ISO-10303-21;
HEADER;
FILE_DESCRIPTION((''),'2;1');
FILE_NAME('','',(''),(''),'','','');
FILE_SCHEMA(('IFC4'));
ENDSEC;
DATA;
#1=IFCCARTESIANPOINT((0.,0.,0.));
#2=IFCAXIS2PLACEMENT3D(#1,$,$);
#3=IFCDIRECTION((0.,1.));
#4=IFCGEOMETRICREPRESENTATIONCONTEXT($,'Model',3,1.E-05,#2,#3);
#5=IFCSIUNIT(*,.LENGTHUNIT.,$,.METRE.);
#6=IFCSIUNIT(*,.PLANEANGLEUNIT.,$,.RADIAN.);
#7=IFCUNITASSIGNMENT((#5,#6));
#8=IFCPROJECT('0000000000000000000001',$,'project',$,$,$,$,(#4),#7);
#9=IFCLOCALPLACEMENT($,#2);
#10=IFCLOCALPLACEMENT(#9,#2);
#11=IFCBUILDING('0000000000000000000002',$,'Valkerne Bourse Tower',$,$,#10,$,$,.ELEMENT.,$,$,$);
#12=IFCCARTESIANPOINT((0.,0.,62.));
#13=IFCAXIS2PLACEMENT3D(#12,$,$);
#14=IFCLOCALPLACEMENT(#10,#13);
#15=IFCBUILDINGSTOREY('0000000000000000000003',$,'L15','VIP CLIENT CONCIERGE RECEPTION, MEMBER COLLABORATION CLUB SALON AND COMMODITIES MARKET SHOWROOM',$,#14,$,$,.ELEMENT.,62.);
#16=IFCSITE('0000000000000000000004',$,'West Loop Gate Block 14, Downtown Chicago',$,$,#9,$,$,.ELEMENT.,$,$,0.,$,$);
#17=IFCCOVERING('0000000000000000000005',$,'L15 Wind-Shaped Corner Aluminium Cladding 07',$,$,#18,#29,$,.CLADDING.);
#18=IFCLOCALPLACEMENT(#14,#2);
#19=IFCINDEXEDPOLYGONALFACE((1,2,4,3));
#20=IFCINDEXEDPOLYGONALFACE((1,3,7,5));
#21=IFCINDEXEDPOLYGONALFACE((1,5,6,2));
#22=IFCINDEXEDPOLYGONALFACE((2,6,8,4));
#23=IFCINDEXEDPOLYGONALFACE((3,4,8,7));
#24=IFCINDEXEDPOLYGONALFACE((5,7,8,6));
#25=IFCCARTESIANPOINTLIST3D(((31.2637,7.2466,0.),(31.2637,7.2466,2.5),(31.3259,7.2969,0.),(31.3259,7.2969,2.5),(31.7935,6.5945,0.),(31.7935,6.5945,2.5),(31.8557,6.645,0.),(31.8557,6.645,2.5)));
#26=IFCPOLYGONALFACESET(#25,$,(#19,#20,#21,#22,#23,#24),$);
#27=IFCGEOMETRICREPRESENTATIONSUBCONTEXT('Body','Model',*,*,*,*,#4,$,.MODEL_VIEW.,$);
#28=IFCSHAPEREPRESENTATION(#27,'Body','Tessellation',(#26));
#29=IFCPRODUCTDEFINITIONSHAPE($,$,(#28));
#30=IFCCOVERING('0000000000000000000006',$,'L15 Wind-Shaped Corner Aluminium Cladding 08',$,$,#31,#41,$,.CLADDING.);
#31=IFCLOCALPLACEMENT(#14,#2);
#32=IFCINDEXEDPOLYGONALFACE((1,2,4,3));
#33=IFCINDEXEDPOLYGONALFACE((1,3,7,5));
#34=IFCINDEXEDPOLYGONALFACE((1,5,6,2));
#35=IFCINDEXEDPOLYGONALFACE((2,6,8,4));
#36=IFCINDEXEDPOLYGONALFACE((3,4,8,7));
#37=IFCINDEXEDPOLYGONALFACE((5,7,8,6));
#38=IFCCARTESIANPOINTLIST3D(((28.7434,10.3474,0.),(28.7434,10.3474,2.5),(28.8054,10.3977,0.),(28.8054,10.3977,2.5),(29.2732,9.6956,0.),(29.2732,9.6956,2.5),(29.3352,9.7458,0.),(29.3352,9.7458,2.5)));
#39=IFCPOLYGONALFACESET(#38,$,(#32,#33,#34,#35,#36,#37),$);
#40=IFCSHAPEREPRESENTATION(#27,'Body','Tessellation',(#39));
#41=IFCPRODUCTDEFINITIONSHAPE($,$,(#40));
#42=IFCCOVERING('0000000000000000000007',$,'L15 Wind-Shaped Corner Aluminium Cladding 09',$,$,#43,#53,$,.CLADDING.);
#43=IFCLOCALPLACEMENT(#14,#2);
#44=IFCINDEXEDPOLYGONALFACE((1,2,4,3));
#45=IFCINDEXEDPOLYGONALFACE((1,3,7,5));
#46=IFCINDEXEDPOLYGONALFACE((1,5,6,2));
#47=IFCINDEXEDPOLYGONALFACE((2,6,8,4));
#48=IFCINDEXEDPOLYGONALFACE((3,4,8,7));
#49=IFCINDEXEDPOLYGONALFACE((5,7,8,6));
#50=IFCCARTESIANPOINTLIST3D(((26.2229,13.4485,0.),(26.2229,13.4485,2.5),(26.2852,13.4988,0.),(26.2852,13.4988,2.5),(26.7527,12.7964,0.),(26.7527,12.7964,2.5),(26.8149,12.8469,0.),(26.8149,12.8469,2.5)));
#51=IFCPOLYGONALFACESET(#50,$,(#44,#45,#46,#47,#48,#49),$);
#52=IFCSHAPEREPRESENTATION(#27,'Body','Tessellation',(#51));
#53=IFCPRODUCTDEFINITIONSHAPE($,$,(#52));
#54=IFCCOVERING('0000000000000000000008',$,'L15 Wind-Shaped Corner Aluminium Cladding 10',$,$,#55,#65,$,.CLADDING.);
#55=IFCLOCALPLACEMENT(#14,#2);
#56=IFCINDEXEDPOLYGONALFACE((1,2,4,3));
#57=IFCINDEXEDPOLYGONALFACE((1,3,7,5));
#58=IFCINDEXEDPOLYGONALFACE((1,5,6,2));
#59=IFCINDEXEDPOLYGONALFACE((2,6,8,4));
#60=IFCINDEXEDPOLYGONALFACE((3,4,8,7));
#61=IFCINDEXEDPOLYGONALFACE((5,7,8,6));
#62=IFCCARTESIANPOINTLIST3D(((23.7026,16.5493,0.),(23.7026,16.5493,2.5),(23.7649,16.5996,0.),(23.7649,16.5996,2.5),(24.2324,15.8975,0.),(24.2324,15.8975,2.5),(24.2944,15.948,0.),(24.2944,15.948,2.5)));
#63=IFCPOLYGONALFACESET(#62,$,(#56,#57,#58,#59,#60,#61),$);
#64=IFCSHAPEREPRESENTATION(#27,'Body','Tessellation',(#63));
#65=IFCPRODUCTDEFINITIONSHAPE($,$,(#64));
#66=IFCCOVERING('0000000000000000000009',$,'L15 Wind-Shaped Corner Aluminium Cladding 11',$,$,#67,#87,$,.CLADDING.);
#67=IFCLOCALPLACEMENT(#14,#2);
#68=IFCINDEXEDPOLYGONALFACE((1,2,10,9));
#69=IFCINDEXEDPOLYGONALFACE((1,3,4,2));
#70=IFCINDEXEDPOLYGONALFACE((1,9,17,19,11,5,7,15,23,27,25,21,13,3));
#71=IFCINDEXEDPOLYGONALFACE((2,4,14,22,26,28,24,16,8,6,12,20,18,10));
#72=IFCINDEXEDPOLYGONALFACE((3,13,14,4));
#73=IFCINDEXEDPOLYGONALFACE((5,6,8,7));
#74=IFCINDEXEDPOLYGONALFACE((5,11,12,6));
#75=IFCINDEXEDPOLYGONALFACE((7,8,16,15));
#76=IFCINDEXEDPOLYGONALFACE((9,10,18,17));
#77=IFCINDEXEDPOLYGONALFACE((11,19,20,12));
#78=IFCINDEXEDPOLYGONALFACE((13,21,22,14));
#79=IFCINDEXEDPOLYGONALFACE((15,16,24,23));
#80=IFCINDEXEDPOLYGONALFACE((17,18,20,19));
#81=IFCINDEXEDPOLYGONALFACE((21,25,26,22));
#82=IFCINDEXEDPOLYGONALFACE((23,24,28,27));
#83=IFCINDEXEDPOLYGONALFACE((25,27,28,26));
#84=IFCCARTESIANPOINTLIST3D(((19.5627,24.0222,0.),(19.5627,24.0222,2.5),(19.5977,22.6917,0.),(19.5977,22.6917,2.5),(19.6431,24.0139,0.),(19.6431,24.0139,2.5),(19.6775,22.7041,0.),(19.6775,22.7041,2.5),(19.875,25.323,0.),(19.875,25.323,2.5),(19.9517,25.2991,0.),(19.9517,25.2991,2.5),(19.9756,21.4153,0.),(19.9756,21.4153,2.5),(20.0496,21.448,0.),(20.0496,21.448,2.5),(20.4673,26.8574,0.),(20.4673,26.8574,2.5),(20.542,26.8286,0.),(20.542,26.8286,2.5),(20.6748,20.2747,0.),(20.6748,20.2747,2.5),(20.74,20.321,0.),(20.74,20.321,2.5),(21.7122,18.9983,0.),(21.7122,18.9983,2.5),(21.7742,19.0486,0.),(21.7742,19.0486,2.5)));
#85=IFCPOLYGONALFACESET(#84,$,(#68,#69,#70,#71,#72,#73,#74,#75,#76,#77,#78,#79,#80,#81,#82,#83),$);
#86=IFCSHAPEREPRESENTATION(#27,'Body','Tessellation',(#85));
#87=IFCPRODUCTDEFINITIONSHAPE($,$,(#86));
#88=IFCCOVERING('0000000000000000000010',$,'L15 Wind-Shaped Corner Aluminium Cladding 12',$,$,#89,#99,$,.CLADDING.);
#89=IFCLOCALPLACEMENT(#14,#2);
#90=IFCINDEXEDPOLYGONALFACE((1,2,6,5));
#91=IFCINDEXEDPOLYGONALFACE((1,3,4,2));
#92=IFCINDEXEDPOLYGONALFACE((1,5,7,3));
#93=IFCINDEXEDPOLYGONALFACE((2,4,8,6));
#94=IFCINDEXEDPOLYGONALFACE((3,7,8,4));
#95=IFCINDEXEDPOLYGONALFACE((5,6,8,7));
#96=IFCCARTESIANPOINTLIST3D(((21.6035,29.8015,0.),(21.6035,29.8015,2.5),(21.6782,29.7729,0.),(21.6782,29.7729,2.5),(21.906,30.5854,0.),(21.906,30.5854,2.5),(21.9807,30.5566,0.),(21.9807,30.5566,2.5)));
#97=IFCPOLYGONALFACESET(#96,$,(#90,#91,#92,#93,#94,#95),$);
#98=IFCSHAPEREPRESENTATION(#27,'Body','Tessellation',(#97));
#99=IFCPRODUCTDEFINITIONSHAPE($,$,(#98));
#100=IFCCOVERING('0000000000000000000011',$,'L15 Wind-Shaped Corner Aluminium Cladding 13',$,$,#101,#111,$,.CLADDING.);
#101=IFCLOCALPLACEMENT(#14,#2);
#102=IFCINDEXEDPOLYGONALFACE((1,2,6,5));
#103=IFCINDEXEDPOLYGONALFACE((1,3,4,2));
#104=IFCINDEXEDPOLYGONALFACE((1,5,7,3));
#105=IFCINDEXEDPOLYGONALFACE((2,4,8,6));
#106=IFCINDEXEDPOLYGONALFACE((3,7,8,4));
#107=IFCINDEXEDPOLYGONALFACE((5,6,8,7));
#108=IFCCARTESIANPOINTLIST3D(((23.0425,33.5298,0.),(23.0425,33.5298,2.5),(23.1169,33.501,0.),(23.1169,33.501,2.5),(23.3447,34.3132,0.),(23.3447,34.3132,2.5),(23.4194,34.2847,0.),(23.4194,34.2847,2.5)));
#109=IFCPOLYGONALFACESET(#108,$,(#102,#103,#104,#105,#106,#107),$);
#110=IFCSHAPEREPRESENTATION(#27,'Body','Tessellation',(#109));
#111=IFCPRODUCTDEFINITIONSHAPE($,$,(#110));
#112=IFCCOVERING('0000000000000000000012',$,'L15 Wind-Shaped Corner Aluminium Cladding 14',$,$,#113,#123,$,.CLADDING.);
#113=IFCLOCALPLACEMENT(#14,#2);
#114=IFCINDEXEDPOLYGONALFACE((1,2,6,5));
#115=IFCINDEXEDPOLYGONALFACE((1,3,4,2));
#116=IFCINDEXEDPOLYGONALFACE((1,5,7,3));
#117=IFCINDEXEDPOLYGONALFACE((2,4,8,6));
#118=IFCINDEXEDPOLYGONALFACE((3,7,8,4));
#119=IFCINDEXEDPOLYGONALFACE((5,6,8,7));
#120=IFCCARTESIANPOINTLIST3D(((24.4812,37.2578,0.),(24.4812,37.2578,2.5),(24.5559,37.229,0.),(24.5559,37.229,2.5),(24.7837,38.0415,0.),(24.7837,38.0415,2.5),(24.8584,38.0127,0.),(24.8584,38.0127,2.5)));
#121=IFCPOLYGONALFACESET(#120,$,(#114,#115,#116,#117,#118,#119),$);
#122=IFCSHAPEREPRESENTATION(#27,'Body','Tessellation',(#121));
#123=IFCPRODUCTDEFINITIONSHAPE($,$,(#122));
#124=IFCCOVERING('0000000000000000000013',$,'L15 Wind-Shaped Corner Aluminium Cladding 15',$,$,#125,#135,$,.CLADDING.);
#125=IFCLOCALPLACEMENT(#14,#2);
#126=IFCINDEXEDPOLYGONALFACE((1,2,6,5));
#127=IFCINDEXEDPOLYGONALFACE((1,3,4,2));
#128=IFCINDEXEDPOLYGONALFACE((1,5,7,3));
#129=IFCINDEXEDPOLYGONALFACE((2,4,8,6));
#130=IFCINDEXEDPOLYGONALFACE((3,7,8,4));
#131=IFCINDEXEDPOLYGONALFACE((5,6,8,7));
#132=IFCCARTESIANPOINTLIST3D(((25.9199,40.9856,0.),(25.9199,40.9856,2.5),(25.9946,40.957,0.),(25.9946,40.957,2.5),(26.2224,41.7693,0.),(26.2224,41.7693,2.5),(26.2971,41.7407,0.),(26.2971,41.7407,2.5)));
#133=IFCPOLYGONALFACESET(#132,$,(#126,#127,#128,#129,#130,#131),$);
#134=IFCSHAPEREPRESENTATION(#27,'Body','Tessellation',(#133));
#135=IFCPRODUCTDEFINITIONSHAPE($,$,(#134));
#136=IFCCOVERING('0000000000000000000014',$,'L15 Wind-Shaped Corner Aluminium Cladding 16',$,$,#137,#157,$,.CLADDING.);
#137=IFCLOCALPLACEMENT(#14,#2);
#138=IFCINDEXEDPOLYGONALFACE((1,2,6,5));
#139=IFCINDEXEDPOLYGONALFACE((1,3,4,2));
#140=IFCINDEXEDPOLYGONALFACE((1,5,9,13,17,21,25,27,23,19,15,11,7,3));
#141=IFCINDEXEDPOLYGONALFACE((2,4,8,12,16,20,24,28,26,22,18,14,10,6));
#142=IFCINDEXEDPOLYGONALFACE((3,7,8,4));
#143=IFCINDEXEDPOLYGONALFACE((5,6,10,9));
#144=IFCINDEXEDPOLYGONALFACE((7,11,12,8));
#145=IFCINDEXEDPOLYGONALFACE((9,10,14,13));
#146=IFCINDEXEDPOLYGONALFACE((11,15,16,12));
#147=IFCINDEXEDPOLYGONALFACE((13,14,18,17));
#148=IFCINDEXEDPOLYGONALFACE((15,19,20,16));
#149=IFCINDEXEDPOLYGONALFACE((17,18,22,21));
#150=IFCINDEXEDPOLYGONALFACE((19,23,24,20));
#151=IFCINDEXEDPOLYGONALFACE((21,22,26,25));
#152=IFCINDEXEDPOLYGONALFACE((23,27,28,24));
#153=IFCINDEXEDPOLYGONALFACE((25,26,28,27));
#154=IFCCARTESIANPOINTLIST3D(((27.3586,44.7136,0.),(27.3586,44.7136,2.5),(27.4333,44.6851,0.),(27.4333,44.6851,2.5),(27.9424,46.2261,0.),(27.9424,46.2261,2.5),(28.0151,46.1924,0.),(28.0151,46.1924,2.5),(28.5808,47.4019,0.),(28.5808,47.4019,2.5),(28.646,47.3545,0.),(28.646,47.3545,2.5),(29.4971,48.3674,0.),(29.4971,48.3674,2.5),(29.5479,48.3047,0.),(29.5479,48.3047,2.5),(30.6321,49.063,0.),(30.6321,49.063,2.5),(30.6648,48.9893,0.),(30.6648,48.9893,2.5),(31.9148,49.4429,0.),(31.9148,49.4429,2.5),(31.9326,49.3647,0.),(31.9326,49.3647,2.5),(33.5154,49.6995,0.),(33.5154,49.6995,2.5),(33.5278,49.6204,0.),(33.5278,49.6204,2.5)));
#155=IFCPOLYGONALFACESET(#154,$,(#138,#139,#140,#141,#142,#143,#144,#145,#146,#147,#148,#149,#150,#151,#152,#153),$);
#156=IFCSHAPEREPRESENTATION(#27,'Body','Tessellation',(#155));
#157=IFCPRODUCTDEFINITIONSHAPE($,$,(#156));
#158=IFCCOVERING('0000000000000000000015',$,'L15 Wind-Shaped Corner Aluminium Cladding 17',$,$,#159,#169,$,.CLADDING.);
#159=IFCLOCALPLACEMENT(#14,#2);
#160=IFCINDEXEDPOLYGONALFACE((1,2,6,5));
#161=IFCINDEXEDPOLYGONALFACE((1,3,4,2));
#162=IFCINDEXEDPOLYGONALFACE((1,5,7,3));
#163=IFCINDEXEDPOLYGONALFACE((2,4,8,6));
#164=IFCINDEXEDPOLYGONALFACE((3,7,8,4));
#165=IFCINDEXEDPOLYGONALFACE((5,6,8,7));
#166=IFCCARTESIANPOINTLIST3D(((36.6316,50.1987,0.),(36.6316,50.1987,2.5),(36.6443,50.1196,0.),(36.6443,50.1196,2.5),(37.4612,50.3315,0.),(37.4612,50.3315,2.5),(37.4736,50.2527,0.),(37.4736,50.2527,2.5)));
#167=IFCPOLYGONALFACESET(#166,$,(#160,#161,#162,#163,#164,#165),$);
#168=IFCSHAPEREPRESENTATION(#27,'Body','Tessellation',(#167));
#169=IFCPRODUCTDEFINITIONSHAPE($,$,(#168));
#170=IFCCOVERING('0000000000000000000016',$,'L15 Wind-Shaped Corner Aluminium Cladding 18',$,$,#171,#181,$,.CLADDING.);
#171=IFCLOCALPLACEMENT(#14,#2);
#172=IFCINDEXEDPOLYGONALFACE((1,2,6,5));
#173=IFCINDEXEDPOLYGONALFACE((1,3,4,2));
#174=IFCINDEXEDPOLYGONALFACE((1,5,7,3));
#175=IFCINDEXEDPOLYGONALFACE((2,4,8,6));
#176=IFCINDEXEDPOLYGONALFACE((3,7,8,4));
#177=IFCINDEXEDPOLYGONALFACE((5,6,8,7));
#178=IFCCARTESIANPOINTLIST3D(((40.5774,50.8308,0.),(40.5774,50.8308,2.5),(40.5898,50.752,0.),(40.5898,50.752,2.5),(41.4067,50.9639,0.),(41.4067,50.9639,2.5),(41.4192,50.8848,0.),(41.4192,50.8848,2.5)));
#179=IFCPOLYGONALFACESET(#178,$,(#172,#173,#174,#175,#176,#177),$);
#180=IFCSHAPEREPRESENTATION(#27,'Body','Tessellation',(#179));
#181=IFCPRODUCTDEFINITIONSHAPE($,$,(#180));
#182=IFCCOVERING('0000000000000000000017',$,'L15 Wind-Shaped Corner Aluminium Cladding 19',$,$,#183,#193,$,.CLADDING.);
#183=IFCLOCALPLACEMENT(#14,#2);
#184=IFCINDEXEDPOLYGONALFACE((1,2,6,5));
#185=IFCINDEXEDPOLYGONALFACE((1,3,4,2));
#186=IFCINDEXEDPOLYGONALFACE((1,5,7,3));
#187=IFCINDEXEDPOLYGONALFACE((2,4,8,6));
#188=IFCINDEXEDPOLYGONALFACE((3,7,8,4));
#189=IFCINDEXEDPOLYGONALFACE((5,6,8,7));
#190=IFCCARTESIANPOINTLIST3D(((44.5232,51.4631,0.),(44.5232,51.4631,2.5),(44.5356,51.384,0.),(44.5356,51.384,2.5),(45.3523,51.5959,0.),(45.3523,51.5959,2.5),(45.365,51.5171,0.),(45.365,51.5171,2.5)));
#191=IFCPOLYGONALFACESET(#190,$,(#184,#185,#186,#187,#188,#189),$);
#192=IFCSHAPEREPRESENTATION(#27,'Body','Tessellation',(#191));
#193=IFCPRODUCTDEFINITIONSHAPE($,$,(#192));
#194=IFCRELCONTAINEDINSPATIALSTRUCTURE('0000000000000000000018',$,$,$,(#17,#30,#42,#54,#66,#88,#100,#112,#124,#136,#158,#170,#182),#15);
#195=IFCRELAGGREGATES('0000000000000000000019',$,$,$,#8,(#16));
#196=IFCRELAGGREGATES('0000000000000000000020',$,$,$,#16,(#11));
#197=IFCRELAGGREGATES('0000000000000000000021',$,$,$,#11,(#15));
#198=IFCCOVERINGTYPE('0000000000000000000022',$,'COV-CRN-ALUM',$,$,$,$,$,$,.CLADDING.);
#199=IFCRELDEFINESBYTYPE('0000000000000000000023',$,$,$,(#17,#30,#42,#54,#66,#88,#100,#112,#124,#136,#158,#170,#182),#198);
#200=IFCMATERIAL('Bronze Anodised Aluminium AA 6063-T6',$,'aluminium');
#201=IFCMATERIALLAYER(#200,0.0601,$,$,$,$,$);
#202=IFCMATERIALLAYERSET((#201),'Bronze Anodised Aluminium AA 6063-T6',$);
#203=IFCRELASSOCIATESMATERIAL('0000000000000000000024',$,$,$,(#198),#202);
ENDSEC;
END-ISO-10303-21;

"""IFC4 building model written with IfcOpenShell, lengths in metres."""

from ifc_helpers import new_model, si_unit, direction, frame, origin, place, context, subcontext, project, spatial, polyline, outline, extrude, material, layer, layer_set, type_object, element, save


model = new_model("IFC4")

# Units and contexts
model_context = context("Model", 3, precision=1e-05, world=origin(), true_north=direction((0.0, 1.0)))
body_context = subcontext(model_context, "Body", "Model", "MODEL_VIEW")
ifc_project = project(units=[si_unit("LENGTHUNIT", "METRE"), si_unit("PLANEANGLEUNIT", "RADIAN")], contexts=[model_context])

# Site, building, storey
site_placement = place(None, origin())
site = spatial("IfcSite", under=ifc_project, at=site_placement, Name="West Loop Gate Block 14, Downtown Chicago", CompositionType="ELEMENT", RefElevation=0.0)
building_placement = place(site_placement, origin())
building = spatial("IfcBuilding", under=site, at=building_placement, Name="Valkerne Bourse Tower", CompositionType="ELEMENT")
storey_placement = place(building_placement, frame((0.0, 0.0, 62.0)))
storey = spatial("IfcBuildingStorey", under=building, at=storey_placement, Name="L15", Description="VIP CLIENT CONCIERGE RECEPTION, MEMBER COLLABORATION CLUB SALON AND COMMODITIES MARKET SHOWROOM", CompositionType="ELEMENT", Elevation=62.0)

# Coverings
ifc_material_1 = material(Name="Bronze Anodised Aluminium AA 6063-T6", Category="aluminium")
ifc_layer_1 = layer(ifc_material_1, 0.0601)
ifc_layer_set_1 = layer_set([ifc_layer_1], Name="Bronze Anodised Aluminium AA 6063-T6")
covering_type = type_object("IfcCoveringType", Name="COV-CRN-ALUM", PredefinedType="CLADDING", material=ifc_layer_set_1)
covering_1_placement = place(storey_placement, origin())
element("IfcCovering", 1, at=covering_1_placement, inside=storey, type_object=covering_type, Name="L15 Wind-Shaped Corner Aluminium Cladding 07", PredefinedType="CLADDING", context=body_context, shape_type="SweptSolid", body=[
    extrude(outline(polyline([(31.2637, 7.2466), (31.3259, 7.2969), (31.8557, 6.645), (31.7935, 6.5945), (31.2637, 7.2466)])), origin(), (0.0, 0.0, 1.0), 2.5),
])
covering_2_placement = place(storey_placement, origin())
element("IfcCovering", 2, at=covering_2_placement, inside=storey, type_object=covering_type, Name="L15 Wind-Shaped Corner Aluminium Cladding 08", PredefinedType="CLADDING", context=body_context, shape_type="SweptSolid", body=[
    extrude(outline(polyline([(28.7434, 10.3474), (28.8054, 10.3977), (29.3352, 9.7458), (29.2732, 9.6956), (28.7434, 10.3474)])), origin(), (0.0, 0.0, 1.0), 2.5),
])
covering_3_placement = place(storey_placement, origin())
element("IfcCovering", 3, at=covering_3_placement, inside=storey, type_object=covering_type, Name="L15 Wind-Shaped Corner Aluminium Cladding 09", PredefinedType="CLADDING", context=body_context, shape_type="SweptSolid", body=[
    extrude(outline(polyline([(26.2229, 13.4485), (26.2852, 13.4988), (26.8149, 12.8469), (26.7527, 12.7964), (26.2229, 13.4485)])), origin(), (0.0, 0.0, 1.0), 2.5),
])
covering_4_placement = place(storey_placement, origin())
element("IfcCovering", 4, at=covering_4_placement, inside=storey, type_object=covering_type, Name="L15 Wind-Shaped Corner Aluminium Cladding 10", PredefinedType="CLADDING", context=body_context, shape_type="SweptSolid", body=[
    extrude(outline(polyline([(23.7026, 16.5493), (23.7649, 16.5996), (24.2944, 15.948), (24.2324, 15.8975), (23.7026, 16.5493)])), origin(), (0.0, 0.0, 1.0), 2.5),
])
covering_5_placement = place(storey_placement, origin())
element("IfcCovering", 5, at=covering_5_placement, inside=storey, type_object=covering_type, Name="L15 Wind-Shaped Corner Aluminium Cladding 11", PredefinedType="CLADDING", context=body_context, shape_type="SweptSolid", body=[
    extrude(outline(polyline([(20.6748, 20.2747), (19.9756, 21.4153), (19.5977, 22.6917), (19.5627, 24.0222), (19.875, 25.323), (20.4673, 26.8574), (20.542, 26.8286), (19.9517, 25.2991), (19.6431, 24.0139), (19.6775, 22.7041), (20.0496, 21.448), (20.74, 20.321), (21.7742, 19.0486), (21.7122, 18.9983), (20.6748, 20.2747)])), origin(), (0.0, 0.0, 1.0), 2.5),
])
covering_6_placement = place(storey_placement, origin())
element("IfcCovering", 6, at=covering_6_placement, inside=storey, type_object=covering_type, Name="L15 Wind-Shaped Corner Aluminium Cladding 12", PredefinedType="CLADDING", context=body_context, shape_type="SweptSolid", body=[
    extrude(outline(polyline([(21.906, 30.5854), (21.9807, 30.5566), (21.6782, 29.7729), (21.6035, 29.8015), (21.906, 30.5854)])), origin(), (0.0, 0.0, 1.0), 2.5),
])
covering_7_placement = place(storey_placement, origin())
element("IfcCovering", 7, at=covering_7_placement, inside=storey, type_object=covering_type, Name="L15 Wind-Shaped Corner Aluminium Cladding 13", PredefinedType="CLADDING", context=body_context, shape_type="SweptSolid", body=[
    extrude(outline(polyline([(23.3447, 34.3132), (23.4194, 34.2847), (23.1169, 33.501), (23.0425, 33.5298), (23.3447, 34.3132)])), origin(), (0.0, 0.0, 1.0), 2.5),
])
covering_8_placement = place(storey_placement, origin())
element("IfcCovering", 8, at=covering_8_placement, inside=storey, type_object=covering_type, Name="L15 Wind-Shaped Corner Aluminium Cladding 14", PredefinedType="CLADDING", context=body_context, shape_type="SweptSolid", body=[
    extrude(outline(polyline([(24.7837, 38.0415), (24.8584, 38.0127), (24.5559, 37.229), (24.4812, 37.2578), (24.7837, 38.0415)])), origin(), (0.0, 0.0, 1.0), 2.5),
])
covering_9_placement = place(storey_placement, origin())
element("IfcCovering", 9, at=covering_9_placement, inside=storey, type_object=covering_type, Name="L15 Wind-Shaped Corner Aluminium Cladding 15", PredefinedType="CLADDING", context=body_context, shape_type="SweptSolid", body=[
    extrude(outline(polyline([(26.2224, 41.7693), (26.2971, 41.7407), (25.9946, 40.957), (25.9199, 40.9856), (26.2224, 41.7693)])), origin(), (0.0, 0.0, 1.0), 2.5),
])
covering_10_placement = place(storey_placement, origin())
element("IfcCovering", 10, at=covering_10_placement, inside=storey, type_object=covering_type, Name="L15 Wind-Shaped Corner Aluminium Cladding 16", PredefinedType="CLADDING", context=body_context, shape_type="SweptSolid", body=[
    extrude(outline(polyline([(27.9424, 46.2261), (28.5808, 47.4019), (29.4971, 48.3674), (30.6321, 49.063), (31.9148, 49.4429), (33.5154, 49.6995), (33.5278, 49.6204), (31.9326, 49.3647), (30.6648, 48.9893), (29.5479, 48.3047), (28.646, 47.3545), (28.0151, 46.1924), (27.4333, 44.6851), (27.3586, 44.7136), (27.9424, 46.2261)])), origin(), (0.0, 0.0, 1.0), 2.5),
])
covering_11_placement = place(storey_placement, origin())
element("IfcCovering", 11, at=covering_11_placement, inside=storey, type_object=covering_type, Name="L15 Wind-Shaped Corner Aluminium Cladding 17", PredefinedType="CLADDING", context=body_context, shape_type="SweptSolid", body=[
    extrude(outline(polyline([(37.4612, 50.3315), (37.4736, 50.2527), (36.6443, 50.1196), (36.6316, 50.1987), (37.4612, 50.3315)])), origin(), (0.0, 0.0, 1.0), 2.5),
])
covering_12_placement = place(storey_placement, origin())
element("IfcCovering", 12, at=covering_12_placement, inside=storey, type_object=covering_type, Name="L15 Wind-Shaped Corner Aluminium Cladding 18", PredefinedType="CLADDING", context=body_context, shape_type="SweptSolid", body=[
    extrude(outline(polyline([(41.4067, 50.9639), (41.4192, 50.8848), (40.5898, 50.752), (40.5774, 50.8308), (41.4067, 50.9639)])), origin(), (0.0, 0.0, 1.0), 2.5),
])
covering_13_placement = place(storey_placement, origin())
element("IfcCovering", 13, at=covering_13_placement, inside=storey, type_object=covering_type, Name="L15 Wind-Shaped Corner Aluminium Cladding 19", PredefinedType="CLADDING", context=body_context, shape_type="SweptSolid", body=[
    extrude(outline(polyline([(45.3523, 51.5959), (45.365, 51.5171), (44.5356, 51.384), (44.5232, 51.4631), (45.3523, 51.5959)])), origin(), (0.0, 0.0, 1.0), 2.5),
])

save(model, "model.ifc")
